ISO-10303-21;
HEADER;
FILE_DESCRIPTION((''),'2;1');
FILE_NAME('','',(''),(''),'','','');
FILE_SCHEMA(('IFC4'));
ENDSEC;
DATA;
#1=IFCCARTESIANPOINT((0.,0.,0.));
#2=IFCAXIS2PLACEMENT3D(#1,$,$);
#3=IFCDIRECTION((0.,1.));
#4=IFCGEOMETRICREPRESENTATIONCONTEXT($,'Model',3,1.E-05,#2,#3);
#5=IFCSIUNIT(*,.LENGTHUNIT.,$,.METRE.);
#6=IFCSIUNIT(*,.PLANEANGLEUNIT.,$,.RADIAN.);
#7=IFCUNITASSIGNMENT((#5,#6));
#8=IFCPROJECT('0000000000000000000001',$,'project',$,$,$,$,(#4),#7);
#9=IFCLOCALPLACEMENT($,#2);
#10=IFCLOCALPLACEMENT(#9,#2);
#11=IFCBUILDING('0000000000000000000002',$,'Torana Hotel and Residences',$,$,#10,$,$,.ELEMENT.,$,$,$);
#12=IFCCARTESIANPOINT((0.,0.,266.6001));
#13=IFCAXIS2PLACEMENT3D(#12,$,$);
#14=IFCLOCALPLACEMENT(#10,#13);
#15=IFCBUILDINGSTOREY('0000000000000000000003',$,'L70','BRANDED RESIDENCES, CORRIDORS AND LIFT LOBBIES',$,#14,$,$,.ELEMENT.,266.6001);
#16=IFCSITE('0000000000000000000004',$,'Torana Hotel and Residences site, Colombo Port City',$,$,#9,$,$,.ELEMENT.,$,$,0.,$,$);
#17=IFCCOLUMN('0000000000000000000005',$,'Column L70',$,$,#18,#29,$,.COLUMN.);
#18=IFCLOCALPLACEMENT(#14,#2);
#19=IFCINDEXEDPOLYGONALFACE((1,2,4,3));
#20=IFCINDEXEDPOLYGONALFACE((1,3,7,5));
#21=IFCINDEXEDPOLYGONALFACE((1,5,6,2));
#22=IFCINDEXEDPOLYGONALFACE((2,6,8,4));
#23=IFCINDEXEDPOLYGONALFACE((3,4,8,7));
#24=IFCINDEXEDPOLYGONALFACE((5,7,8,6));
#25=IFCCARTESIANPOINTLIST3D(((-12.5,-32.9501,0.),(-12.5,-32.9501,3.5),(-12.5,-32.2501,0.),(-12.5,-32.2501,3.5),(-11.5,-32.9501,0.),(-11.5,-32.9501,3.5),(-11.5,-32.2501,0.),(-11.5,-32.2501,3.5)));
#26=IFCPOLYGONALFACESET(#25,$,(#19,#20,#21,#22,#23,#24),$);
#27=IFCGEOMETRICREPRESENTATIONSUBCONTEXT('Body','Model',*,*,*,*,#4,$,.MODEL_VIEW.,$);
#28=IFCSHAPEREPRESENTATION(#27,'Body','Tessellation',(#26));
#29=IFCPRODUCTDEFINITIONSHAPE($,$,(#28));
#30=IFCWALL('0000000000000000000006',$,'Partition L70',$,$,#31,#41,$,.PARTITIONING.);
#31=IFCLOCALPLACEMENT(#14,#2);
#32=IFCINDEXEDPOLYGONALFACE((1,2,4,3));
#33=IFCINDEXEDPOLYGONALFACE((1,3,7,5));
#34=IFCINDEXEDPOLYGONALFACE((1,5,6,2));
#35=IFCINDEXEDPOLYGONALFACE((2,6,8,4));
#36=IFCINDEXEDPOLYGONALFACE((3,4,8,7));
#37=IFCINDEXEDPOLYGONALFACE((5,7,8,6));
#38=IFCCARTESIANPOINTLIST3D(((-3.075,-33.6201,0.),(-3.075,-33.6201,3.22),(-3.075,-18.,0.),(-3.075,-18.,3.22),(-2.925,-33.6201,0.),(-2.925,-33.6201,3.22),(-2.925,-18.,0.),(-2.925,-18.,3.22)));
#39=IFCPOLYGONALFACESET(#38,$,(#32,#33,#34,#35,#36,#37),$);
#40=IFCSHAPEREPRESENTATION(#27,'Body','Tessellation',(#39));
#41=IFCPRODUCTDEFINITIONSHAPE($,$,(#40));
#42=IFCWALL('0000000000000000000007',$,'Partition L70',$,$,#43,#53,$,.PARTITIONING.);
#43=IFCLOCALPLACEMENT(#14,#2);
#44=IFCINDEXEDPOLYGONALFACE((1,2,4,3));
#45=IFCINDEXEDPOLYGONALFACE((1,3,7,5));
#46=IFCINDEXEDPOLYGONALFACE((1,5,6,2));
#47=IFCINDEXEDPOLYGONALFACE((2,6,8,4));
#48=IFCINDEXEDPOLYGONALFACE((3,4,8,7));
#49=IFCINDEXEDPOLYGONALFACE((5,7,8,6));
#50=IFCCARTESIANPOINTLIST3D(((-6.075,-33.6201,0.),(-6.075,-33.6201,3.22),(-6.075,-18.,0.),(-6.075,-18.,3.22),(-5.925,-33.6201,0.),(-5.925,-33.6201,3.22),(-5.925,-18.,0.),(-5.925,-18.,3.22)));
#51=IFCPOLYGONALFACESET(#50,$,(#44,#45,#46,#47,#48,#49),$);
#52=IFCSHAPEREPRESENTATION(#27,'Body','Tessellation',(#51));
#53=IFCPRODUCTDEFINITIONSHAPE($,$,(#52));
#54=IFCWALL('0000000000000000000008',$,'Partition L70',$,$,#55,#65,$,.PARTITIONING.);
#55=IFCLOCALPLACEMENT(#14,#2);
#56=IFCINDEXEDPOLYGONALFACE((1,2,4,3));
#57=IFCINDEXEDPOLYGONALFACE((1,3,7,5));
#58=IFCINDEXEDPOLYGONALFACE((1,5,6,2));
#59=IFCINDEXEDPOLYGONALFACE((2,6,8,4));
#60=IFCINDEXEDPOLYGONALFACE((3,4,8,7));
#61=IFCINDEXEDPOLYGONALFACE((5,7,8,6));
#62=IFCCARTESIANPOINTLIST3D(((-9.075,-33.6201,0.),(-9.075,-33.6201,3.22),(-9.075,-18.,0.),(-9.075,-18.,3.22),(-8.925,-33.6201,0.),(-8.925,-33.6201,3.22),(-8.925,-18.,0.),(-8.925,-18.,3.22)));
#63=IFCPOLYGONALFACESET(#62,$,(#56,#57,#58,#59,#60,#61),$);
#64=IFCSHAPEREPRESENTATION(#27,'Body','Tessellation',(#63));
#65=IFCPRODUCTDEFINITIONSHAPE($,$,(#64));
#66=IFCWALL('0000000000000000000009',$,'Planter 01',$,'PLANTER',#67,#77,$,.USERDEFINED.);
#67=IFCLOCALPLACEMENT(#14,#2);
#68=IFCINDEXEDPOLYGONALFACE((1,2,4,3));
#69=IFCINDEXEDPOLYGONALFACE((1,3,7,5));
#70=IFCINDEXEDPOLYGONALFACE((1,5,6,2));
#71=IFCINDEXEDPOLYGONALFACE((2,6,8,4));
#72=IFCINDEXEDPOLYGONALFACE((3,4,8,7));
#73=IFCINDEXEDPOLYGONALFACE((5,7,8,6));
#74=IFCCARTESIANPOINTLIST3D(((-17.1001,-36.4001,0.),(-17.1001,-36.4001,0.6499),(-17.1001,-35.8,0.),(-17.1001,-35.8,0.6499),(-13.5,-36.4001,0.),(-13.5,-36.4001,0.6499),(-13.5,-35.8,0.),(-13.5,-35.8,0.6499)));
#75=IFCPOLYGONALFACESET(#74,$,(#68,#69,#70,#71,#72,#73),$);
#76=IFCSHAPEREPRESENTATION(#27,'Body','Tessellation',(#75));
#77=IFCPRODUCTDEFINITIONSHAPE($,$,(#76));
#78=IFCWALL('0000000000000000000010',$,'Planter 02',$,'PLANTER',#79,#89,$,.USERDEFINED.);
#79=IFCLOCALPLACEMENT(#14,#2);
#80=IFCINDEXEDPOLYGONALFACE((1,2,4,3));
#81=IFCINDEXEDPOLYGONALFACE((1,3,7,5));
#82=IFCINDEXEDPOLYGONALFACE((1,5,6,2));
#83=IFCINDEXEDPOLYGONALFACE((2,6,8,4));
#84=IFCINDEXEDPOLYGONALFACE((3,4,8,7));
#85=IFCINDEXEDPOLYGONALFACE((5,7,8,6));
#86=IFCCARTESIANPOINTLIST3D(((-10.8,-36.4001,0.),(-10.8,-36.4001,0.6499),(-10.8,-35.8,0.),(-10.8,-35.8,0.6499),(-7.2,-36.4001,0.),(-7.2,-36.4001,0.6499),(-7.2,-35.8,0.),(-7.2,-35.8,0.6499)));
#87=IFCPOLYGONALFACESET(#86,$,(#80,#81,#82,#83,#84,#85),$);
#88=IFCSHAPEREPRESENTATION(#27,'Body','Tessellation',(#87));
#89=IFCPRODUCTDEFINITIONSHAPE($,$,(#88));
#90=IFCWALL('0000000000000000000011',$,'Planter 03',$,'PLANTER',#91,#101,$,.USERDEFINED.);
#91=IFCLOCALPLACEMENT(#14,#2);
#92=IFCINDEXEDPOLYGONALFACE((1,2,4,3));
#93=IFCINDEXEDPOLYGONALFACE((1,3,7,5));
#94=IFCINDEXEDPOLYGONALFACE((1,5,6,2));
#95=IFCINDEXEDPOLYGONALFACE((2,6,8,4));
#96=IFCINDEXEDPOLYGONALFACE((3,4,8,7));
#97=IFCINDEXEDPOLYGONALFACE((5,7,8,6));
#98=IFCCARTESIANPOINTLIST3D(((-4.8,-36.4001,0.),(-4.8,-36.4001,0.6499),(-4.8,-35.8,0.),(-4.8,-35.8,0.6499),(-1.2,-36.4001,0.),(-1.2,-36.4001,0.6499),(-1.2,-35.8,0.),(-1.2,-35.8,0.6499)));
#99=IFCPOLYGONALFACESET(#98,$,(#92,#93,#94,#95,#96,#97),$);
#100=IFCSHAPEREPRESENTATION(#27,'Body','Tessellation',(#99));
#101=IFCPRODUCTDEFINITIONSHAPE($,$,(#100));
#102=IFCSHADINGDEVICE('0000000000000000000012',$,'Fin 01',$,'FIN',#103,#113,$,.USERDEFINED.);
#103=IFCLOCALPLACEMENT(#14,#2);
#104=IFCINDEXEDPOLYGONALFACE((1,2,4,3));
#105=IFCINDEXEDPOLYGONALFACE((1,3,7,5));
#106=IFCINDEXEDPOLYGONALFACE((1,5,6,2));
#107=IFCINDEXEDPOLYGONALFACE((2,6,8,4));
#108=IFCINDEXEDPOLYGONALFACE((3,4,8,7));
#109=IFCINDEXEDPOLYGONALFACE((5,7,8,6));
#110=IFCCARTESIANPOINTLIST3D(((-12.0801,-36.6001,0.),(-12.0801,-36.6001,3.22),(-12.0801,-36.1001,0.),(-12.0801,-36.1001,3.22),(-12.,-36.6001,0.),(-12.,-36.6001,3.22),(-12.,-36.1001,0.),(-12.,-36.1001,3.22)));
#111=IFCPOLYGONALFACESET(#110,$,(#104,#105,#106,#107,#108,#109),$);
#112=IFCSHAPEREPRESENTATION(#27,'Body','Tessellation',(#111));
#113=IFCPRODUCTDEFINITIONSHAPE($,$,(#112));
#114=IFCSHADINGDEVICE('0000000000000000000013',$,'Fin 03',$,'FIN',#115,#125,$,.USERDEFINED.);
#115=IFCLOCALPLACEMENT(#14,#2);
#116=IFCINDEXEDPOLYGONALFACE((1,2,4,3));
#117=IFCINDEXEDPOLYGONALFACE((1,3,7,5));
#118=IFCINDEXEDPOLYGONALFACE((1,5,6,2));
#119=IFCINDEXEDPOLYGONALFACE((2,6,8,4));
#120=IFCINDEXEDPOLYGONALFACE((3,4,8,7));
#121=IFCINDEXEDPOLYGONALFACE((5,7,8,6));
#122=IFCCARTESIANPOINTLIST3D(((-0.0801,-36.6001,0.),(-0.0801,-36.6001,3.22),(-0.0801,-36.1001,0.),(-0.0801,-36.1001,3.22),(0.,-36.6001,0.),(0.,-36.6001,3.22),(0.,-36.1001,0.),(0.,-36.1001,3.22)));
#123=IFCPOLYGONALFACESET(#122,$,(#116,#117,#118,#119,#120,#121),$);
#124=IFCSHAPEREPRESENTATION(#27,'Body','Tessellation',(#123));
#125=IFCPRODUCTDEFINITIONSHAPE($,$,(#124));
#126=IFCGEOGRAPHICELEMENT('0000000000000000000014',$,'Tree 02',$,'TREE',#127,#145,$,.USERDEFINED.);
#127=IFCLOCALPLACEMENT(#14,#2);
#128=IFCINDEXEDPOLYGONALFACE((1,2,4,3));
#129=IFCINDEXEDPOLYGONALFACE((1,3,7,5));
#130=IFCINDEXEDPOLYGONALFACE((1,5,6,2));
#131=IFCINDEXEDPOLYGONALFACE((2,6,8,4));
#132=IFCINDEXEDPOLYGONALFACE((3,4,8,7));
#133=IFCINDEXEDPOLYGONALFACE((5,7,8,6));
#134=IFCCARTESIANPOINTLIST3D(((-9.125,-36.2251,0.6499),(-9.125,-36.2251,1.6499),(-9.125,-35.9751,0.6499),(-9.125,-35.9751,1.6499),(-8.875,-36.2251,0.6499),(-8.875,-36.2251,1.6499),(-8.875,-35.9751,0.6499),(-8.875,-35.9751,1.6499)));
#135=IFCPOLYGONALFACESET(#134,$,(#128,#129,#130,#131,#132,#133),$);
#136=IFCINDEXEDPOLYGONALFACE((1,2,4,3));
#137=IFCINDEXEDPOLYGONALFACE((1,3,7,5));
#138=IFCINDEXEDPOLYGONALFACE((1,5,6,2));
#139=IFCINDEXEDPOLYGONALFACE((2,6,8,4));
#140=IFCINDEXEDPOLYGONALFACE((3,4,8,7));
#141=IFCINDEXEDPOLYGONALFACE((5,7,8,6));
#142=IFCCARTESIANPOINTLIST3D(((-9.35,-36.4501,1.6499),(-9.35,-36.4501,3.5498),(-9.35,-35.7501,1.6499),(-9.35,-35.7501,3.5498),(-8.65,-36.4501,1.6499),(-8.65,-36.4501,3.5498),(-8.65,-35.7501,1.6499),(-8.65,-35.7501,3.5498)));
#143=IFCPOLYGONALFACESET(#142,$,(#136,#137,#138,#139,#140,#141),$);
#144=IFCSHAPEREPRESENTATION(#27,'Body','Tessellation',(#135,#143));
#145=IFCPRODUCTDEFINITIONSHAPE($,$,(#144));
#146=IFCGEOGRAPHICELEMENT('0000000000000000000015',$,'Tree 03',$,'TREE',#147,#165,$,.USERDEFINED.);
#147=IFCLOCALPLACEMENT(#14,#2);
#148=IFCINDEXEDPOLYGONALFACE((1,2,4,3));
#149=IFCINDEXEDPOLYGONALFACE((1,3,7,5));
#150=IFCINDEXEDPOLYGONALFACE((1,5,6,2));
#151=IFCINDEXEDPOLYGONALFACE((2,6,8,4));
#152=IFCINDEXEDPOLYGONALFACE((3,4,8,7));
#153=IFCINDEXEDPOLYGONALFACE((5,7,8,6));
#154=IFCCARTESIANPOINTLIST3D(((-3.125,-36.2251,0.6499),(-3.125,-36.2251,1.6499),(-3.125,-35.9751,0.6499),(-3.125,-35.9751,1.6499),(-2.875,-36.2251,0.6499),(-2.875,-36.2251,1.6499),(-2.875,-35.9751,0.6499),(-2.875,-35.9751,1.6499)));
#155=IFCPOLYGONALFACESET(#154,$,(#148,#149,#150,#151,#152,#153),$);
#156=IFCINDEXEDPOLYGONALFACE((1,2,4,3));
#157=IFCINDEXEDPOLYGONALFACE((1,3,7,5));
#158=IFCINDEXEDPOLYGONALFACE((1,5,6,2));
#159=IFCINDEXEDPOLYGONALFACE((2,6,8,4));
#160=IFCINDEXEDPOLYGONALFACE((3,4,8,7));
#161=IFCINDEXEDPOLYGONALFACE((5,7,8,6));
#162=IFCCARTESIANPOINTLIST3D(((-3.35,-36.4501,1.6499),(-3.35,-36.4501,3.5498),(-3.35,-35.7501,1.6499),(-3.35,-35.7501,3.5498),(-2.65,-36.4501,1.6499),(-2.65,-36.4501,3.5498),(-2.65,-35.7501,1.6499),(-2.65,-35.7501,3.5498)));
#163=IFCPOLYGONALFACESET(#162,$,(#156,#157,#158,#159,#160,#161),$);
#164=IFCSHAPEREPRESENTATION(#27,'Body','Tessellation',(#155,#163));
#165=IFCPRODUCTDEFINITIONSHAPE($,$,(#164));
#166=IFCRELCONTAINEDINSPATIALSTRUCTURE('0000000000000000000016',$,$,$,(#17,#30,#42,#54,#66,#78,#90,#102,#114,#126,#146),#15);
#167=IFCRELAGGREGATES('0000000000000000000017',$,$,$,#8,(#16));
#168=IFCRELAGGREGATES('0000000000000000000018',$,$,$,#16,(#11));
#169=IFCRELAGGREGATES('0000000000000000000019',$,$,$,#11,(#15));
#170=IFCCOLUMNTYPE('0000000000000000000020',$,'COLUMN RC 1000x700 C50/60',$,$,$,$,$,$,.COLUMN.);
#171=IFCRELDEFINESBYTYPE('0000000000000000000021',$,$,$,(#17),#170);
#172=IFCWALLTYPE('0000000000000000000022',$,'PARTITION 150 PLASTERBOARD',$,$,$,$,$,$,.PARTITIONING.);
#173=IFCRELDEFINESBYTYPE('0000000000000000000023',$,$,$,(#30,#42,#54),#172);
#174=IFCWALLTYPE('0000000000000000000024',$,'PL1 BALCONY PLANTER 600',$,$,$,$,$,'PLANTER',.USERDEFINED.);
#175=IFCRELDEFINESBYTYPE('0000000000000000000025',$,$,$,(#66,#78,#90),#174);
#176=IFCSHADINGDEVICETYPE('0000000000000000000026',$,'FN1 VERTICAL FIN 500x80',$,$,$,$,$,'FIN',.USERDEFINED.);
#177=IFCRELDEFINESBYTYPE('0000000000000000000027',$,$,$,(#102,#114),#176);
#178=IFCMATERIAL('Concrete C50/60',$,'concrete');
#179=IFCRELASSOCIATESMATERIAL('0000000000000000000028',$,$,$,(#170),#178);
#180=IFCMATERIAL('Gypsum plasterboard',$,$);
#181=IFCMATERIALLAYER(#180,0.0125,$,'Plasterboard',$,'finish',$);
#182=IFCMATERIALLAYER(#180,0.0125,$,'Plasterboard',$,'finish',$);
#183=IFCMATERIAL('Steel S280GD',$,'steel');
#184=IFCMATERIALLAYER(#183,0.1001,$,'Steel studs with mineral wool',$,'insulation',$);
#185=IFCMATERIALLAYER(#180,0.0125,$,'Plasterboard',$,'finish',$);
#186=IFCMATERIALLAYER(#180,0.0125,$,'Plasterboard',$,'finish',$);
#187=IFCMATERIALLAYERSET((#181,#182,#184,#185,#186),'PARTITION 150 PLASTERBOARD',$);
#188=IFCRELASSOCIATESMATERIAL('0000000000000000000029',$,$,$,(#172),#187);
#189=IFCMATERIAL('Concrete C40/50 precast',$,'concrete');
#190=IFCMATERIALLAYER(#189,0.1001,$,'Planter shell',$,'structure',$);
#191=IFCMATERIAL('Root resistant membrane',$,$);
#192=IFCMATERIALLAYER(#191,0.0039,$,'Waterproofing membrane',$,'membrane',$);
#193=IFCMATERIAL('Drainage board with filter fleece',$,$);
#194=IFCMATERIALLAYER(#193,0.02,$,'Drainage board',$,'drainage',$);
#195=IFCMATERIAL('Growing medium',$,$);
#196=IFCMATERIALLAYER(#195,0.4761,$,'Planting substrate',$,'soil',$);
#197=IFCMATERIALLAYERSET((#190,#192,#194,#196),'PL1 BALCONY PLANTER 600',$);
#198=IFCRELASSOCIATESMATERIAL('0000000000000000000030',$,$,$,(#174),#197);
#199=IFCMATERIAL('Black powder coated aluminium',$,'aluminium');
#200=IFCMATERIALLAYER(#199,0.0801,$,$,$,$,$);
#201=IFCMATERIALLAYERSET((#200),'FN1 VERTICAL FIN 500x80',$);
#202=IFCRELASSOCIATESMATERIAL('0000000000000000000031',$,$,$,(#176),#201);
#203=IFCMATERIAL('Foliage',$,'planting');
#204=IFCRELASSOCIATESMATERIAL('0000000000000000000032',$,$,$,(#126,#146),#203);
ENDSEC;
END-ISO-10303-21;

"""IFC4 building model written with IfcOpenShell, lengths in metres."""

from ifc_helpers import new_model, si_unit, direction, frame, frame_2d, origin, origin_2d, place, context, subcontext, project, spatial, rectangle, extrude, material, layer, layer_set, material_profile, profile_set, type_object, element, save


model = new_model("IFC4")

# Units and contexts
model_context = context("Model", 3, precision=1e-05, world=origin(), true_north=direction((0.0, 1.0)))
body_context = subcontext(model_context, "Body", "Model", "MODEL_VIEW")
ifc_project = project(units=[si_unit("LENGTHUNIT", "METRE"), si_unit("PLANEANGLEUNIT", "RADIAN")], contexts=[model_context])

# Site, building, storey
site_placement = place(None, origin())
site = spatial("IfcSite", under=ifc_project, at=site_placement, Name="Torana Hotel and Residences site, Colombo Port City", CompositionType="ELEMENT", RefElevation=0.0)
building_placement = place(site_placement, origin())
building = spatial("IfcBuilding", under=site, at=building_placement, Name="Torana Hotel and Residences", CompositionType="ELEMENT")
storey_placement = place(building_placement, frame((0.0, 0.0, 266.6001)))
storey = spatial("IfcBuildingStorey", under=building, at=storey_placement, Name="L70", Description="BRANDED RESIDENCES, CORRIDORS AND LIFT LOBBIES", CompositionType="ELEMENT", Elevation=266.6001)

# Column
ifc_material_1 = material(Name="Concrete C50/60", Category="concrete")
ifc_material_profile = material_profile(ifc_material_1, rectangle(XDim=1.0, YDim=0.7, at=origin_2d()), Name="RC 1000x700")
ifc_profile_set = profile_set([ifc_material_profile], Name="Concrete C50/60")
column_type = type_object("IfcColumnType", Name="COLUMN RC 1000x700 C50/60", PredefinedType="COLUMN", material=ifc_profile_set)
column_placement = place(storey_placement, frame((-12.0, -32.6001, 0.0), z_axis=(0.0, 0.0, 1.0), x_axis=(1.0, 0.0, 0.0)))
element("IfcColumn", 1, at=column_placement, inside=storey, type_object=column_type, Name="Column L70", PredefinedType="COLUMN", context=body_context, shape_type="SweptSolid", body=[
    extrude(rectangle(XDim=1.0, YDim=0.7, at=origin_2d()), origin(), (0.0, 0.0, 1.0), 3.5),
])

# Walls
ifc_material_2 = material(Name="Gypsum plasterboard")
ifc_layer_1 = layer(ifc_material_2, 0.0125, Name="Plasterboard", Category="finish")
ifc_layer_2 = layer(ifc_material_2, 0.0125, Name="Plasterboard", Category="finish")
ifc_material_3 = material(Name="Steel S280GD", Category="steel")
ifc_layer_3 = layer(ifc_material_3, 0.1001, Name="Steel studs with mineral wool", Category="insulation")
ifc_layer_4 = layer(ifc_material_2, 0.0125, Name="Plasterboard", Category="finish")
ifc_layer_5 = layer(ifc_material_2, 0.0125, Name="Plasterboard", Category="finish")
ifc_layer_set_1 = layer_set([ifc_layer_1, ifc_layer_2, ifc_layer_3, ifc_layer_4, ifc_layer_5], Name="PARTITION 150 PLASTERBOARD")
wall_type_1 = type_object("IfcWallType", Name="PARTITION 150 PLASTERBOARD", PredefinedType="PARTITIONING", material=ifc_layer_set_1)
for number, where, z_axis, x_axis, name in (
    (2, (-3.0, -33.6201, 0.0), (0.0, 0.0, 1.0), (0.0, 1.0, 0.0), "Partition L70"),
    (3, (-6.0, -33.6201, 0.0), (0.0, 0.0, 1.0), (0.0, 1.0, 0.0), "Partition L70"),
    (4, (-9.0, -33.6201, 0.0), (0.0, 0.0, 1.0), (0.0, 1.0, 0.0), "Partition L70"),
):
    element("IfcWall", number, at=place(storey_placement, frame(where, z_axis=z_axis, x_axis=x_axis)), inside=storey, type_object=wall_type_1, Name=name, PredefinedType="PARTITIONING", context=body_context, shape_type="SweptSolid", body=[
        extrude(rectangle(XDim=15.6201, YDim=0.1499, at=frame_2d((7.8101, 0.0))), origin(), (0.0, 0.0, 1.0), 3.22),
    ])
ifc_material_4 = material(Name="Concrete C40/50 precast", Category="concrete")
ifc_layer_6 = layer(ifc_material_4, 0.1001, Name="Planter shell", Category="structure")
ifc_material_5 = material(Name="Root resistant membrane")
ifc_layer_7 = layer(ifc_material_5, 0.0039, Name="Waterproofing membrane", Category="membrane")
ifc_material_6 = material(Name="Drainage board with filter fleece")
ifc_layer_8 = layer(ifc_material_6, 0.02, Name="Drainage board", Category="drainage")
ifc_material_7 = material(Name="Growing medium")
ifc_layer_9 = layer(ifc_material_7, 0.4761, Name="Planting substrate", Category="soil")
ifc_layer_set_2 = layer_set([ifc_layer_6, ifc_layer_7, ifc_layer_8, ifc_layer_9], Name="PL1 BALCONY PLANTER 600")
wall_type_2 = type_object("IfcWallType", Name="PL1 BALCONY PLANTER 600", ElementType="PLANTER", PredefinedType="USERDEFINED", material=ifc_layer_set_2)
for number, where, z_axis, x_axis, name in (
    (5, (-13.5, -36.1001, 0.0), (0.0, 0.0, 1.0), (-1.0, 0.0, 0.0), "Planter 01"),
    (6, (-7.2, -36.1001, 0.0), (0.0, 0.0, 1.0), (-1.0, 0.0, 0.0), "Planter 02"),
    (7, (-1.2, -36.1001, 0.0), (0.0, 0.0, 1.0), (-1.0, 0.0, 0.0), "Planter 03"),
):
    element("IfcWall", number, at=place(storey_placement, frame(where, z_axis=z_axis, x_axis=x_axis)), inside=storey, type_object=wall_type_2, Name=name, ObjectType="PLANTER", PredefinedType="USERDEFINED", context=body_context, shape_type="SweptSolid", body=[
        extrude(rectangle(XDim=3.6001, YDim=0.6001, at=frame_2d((1.8, 0.0))), origin(), (0.0, 0.0, 1.0), 0.6499),
    ])

# Shading devices
ifc_material_8 = material(Name="Black powder coated aluminium", Category="aluminium")
ifc_layer_10 = layer(ifc_material_8, 0.0801)
ifc_layer_set_3 = layer_set([ifc_layer_10], Name="FN1 VERTICAL FIN 500x80")
shading_device_type = type_object("IfcShadingDeviceType", Name="FN1 VERTICAL FIN 500x80", ElementType="FIN", PredefinedType="USERDEFINED", material=ifc_layer_set_3)
for number, where, z_axis, x_axis, name in (
    (8, (-12.04, -36.3501, 0.0), (0.0, 0.0, 1.0), (-1.0, 0.0, 0.0), "Fin 01"),
    (9, (-0.04, -36.3501, 0.0), (0.0, 0.0, 1.0), (-1.0, 0.0, 0.0), "Fin 03"),
):
    element("IfcShadingDevice", number, at=place(storey_placement, frame(where, z_axis=z_axis, x_axis=x_axis)), inside=storey, type_object=shading_device_type, Name=name, ObjectType="FIN", PredefinedType="USERDEFINED", context=body_context, shape_type="SweptSolid", body=[
        extrude(rectangle(XDim=0.0801, YDim=0.5, at=origin_2d()), origin(), (0.0, 0.0, 1.0), 3.22),
    ])

# Geographic elements
ifc_material_9 = material(Name="Foliage", Category="planting")
for number, where, z_axis, x_axis, name in (
    (10, (-9.0, -36.1001, 0.6499), (0.0, 0.0, 1.0), (1.0, 0.0, 0.0), "Tree 02"),
    (11, (-3.0, -36.1001, 0.6499), (0.0, 0.0, 1.0), (1.0, 0.0, 0.0), "Tree 03"),
):
    element("IfcGeographicElement", number, at=place(storey_placement, frame(where, z_axis=z_axis, x_axis=x_axis)), inside=storey, material=ifc_material_9, Name=name, ObjectType="TREE", PredefinedType="USERDEFINED", context=body_context, shape_type="SweptSolid", body=[
        extrude(rectangle(XDim=0.25, YDim=0.25, at=origin_2d()), origin(), (0.0, 0.0, 1.0), 1.0),
        extrude(rectangle(XDim=0.7, YDim=0.7, at=origin_2d()), frame((0.0, 0.0, 1.0)), (0.0, 0.0, 1.0), 1.8999),
    ])

save(model, "model.ifc")
